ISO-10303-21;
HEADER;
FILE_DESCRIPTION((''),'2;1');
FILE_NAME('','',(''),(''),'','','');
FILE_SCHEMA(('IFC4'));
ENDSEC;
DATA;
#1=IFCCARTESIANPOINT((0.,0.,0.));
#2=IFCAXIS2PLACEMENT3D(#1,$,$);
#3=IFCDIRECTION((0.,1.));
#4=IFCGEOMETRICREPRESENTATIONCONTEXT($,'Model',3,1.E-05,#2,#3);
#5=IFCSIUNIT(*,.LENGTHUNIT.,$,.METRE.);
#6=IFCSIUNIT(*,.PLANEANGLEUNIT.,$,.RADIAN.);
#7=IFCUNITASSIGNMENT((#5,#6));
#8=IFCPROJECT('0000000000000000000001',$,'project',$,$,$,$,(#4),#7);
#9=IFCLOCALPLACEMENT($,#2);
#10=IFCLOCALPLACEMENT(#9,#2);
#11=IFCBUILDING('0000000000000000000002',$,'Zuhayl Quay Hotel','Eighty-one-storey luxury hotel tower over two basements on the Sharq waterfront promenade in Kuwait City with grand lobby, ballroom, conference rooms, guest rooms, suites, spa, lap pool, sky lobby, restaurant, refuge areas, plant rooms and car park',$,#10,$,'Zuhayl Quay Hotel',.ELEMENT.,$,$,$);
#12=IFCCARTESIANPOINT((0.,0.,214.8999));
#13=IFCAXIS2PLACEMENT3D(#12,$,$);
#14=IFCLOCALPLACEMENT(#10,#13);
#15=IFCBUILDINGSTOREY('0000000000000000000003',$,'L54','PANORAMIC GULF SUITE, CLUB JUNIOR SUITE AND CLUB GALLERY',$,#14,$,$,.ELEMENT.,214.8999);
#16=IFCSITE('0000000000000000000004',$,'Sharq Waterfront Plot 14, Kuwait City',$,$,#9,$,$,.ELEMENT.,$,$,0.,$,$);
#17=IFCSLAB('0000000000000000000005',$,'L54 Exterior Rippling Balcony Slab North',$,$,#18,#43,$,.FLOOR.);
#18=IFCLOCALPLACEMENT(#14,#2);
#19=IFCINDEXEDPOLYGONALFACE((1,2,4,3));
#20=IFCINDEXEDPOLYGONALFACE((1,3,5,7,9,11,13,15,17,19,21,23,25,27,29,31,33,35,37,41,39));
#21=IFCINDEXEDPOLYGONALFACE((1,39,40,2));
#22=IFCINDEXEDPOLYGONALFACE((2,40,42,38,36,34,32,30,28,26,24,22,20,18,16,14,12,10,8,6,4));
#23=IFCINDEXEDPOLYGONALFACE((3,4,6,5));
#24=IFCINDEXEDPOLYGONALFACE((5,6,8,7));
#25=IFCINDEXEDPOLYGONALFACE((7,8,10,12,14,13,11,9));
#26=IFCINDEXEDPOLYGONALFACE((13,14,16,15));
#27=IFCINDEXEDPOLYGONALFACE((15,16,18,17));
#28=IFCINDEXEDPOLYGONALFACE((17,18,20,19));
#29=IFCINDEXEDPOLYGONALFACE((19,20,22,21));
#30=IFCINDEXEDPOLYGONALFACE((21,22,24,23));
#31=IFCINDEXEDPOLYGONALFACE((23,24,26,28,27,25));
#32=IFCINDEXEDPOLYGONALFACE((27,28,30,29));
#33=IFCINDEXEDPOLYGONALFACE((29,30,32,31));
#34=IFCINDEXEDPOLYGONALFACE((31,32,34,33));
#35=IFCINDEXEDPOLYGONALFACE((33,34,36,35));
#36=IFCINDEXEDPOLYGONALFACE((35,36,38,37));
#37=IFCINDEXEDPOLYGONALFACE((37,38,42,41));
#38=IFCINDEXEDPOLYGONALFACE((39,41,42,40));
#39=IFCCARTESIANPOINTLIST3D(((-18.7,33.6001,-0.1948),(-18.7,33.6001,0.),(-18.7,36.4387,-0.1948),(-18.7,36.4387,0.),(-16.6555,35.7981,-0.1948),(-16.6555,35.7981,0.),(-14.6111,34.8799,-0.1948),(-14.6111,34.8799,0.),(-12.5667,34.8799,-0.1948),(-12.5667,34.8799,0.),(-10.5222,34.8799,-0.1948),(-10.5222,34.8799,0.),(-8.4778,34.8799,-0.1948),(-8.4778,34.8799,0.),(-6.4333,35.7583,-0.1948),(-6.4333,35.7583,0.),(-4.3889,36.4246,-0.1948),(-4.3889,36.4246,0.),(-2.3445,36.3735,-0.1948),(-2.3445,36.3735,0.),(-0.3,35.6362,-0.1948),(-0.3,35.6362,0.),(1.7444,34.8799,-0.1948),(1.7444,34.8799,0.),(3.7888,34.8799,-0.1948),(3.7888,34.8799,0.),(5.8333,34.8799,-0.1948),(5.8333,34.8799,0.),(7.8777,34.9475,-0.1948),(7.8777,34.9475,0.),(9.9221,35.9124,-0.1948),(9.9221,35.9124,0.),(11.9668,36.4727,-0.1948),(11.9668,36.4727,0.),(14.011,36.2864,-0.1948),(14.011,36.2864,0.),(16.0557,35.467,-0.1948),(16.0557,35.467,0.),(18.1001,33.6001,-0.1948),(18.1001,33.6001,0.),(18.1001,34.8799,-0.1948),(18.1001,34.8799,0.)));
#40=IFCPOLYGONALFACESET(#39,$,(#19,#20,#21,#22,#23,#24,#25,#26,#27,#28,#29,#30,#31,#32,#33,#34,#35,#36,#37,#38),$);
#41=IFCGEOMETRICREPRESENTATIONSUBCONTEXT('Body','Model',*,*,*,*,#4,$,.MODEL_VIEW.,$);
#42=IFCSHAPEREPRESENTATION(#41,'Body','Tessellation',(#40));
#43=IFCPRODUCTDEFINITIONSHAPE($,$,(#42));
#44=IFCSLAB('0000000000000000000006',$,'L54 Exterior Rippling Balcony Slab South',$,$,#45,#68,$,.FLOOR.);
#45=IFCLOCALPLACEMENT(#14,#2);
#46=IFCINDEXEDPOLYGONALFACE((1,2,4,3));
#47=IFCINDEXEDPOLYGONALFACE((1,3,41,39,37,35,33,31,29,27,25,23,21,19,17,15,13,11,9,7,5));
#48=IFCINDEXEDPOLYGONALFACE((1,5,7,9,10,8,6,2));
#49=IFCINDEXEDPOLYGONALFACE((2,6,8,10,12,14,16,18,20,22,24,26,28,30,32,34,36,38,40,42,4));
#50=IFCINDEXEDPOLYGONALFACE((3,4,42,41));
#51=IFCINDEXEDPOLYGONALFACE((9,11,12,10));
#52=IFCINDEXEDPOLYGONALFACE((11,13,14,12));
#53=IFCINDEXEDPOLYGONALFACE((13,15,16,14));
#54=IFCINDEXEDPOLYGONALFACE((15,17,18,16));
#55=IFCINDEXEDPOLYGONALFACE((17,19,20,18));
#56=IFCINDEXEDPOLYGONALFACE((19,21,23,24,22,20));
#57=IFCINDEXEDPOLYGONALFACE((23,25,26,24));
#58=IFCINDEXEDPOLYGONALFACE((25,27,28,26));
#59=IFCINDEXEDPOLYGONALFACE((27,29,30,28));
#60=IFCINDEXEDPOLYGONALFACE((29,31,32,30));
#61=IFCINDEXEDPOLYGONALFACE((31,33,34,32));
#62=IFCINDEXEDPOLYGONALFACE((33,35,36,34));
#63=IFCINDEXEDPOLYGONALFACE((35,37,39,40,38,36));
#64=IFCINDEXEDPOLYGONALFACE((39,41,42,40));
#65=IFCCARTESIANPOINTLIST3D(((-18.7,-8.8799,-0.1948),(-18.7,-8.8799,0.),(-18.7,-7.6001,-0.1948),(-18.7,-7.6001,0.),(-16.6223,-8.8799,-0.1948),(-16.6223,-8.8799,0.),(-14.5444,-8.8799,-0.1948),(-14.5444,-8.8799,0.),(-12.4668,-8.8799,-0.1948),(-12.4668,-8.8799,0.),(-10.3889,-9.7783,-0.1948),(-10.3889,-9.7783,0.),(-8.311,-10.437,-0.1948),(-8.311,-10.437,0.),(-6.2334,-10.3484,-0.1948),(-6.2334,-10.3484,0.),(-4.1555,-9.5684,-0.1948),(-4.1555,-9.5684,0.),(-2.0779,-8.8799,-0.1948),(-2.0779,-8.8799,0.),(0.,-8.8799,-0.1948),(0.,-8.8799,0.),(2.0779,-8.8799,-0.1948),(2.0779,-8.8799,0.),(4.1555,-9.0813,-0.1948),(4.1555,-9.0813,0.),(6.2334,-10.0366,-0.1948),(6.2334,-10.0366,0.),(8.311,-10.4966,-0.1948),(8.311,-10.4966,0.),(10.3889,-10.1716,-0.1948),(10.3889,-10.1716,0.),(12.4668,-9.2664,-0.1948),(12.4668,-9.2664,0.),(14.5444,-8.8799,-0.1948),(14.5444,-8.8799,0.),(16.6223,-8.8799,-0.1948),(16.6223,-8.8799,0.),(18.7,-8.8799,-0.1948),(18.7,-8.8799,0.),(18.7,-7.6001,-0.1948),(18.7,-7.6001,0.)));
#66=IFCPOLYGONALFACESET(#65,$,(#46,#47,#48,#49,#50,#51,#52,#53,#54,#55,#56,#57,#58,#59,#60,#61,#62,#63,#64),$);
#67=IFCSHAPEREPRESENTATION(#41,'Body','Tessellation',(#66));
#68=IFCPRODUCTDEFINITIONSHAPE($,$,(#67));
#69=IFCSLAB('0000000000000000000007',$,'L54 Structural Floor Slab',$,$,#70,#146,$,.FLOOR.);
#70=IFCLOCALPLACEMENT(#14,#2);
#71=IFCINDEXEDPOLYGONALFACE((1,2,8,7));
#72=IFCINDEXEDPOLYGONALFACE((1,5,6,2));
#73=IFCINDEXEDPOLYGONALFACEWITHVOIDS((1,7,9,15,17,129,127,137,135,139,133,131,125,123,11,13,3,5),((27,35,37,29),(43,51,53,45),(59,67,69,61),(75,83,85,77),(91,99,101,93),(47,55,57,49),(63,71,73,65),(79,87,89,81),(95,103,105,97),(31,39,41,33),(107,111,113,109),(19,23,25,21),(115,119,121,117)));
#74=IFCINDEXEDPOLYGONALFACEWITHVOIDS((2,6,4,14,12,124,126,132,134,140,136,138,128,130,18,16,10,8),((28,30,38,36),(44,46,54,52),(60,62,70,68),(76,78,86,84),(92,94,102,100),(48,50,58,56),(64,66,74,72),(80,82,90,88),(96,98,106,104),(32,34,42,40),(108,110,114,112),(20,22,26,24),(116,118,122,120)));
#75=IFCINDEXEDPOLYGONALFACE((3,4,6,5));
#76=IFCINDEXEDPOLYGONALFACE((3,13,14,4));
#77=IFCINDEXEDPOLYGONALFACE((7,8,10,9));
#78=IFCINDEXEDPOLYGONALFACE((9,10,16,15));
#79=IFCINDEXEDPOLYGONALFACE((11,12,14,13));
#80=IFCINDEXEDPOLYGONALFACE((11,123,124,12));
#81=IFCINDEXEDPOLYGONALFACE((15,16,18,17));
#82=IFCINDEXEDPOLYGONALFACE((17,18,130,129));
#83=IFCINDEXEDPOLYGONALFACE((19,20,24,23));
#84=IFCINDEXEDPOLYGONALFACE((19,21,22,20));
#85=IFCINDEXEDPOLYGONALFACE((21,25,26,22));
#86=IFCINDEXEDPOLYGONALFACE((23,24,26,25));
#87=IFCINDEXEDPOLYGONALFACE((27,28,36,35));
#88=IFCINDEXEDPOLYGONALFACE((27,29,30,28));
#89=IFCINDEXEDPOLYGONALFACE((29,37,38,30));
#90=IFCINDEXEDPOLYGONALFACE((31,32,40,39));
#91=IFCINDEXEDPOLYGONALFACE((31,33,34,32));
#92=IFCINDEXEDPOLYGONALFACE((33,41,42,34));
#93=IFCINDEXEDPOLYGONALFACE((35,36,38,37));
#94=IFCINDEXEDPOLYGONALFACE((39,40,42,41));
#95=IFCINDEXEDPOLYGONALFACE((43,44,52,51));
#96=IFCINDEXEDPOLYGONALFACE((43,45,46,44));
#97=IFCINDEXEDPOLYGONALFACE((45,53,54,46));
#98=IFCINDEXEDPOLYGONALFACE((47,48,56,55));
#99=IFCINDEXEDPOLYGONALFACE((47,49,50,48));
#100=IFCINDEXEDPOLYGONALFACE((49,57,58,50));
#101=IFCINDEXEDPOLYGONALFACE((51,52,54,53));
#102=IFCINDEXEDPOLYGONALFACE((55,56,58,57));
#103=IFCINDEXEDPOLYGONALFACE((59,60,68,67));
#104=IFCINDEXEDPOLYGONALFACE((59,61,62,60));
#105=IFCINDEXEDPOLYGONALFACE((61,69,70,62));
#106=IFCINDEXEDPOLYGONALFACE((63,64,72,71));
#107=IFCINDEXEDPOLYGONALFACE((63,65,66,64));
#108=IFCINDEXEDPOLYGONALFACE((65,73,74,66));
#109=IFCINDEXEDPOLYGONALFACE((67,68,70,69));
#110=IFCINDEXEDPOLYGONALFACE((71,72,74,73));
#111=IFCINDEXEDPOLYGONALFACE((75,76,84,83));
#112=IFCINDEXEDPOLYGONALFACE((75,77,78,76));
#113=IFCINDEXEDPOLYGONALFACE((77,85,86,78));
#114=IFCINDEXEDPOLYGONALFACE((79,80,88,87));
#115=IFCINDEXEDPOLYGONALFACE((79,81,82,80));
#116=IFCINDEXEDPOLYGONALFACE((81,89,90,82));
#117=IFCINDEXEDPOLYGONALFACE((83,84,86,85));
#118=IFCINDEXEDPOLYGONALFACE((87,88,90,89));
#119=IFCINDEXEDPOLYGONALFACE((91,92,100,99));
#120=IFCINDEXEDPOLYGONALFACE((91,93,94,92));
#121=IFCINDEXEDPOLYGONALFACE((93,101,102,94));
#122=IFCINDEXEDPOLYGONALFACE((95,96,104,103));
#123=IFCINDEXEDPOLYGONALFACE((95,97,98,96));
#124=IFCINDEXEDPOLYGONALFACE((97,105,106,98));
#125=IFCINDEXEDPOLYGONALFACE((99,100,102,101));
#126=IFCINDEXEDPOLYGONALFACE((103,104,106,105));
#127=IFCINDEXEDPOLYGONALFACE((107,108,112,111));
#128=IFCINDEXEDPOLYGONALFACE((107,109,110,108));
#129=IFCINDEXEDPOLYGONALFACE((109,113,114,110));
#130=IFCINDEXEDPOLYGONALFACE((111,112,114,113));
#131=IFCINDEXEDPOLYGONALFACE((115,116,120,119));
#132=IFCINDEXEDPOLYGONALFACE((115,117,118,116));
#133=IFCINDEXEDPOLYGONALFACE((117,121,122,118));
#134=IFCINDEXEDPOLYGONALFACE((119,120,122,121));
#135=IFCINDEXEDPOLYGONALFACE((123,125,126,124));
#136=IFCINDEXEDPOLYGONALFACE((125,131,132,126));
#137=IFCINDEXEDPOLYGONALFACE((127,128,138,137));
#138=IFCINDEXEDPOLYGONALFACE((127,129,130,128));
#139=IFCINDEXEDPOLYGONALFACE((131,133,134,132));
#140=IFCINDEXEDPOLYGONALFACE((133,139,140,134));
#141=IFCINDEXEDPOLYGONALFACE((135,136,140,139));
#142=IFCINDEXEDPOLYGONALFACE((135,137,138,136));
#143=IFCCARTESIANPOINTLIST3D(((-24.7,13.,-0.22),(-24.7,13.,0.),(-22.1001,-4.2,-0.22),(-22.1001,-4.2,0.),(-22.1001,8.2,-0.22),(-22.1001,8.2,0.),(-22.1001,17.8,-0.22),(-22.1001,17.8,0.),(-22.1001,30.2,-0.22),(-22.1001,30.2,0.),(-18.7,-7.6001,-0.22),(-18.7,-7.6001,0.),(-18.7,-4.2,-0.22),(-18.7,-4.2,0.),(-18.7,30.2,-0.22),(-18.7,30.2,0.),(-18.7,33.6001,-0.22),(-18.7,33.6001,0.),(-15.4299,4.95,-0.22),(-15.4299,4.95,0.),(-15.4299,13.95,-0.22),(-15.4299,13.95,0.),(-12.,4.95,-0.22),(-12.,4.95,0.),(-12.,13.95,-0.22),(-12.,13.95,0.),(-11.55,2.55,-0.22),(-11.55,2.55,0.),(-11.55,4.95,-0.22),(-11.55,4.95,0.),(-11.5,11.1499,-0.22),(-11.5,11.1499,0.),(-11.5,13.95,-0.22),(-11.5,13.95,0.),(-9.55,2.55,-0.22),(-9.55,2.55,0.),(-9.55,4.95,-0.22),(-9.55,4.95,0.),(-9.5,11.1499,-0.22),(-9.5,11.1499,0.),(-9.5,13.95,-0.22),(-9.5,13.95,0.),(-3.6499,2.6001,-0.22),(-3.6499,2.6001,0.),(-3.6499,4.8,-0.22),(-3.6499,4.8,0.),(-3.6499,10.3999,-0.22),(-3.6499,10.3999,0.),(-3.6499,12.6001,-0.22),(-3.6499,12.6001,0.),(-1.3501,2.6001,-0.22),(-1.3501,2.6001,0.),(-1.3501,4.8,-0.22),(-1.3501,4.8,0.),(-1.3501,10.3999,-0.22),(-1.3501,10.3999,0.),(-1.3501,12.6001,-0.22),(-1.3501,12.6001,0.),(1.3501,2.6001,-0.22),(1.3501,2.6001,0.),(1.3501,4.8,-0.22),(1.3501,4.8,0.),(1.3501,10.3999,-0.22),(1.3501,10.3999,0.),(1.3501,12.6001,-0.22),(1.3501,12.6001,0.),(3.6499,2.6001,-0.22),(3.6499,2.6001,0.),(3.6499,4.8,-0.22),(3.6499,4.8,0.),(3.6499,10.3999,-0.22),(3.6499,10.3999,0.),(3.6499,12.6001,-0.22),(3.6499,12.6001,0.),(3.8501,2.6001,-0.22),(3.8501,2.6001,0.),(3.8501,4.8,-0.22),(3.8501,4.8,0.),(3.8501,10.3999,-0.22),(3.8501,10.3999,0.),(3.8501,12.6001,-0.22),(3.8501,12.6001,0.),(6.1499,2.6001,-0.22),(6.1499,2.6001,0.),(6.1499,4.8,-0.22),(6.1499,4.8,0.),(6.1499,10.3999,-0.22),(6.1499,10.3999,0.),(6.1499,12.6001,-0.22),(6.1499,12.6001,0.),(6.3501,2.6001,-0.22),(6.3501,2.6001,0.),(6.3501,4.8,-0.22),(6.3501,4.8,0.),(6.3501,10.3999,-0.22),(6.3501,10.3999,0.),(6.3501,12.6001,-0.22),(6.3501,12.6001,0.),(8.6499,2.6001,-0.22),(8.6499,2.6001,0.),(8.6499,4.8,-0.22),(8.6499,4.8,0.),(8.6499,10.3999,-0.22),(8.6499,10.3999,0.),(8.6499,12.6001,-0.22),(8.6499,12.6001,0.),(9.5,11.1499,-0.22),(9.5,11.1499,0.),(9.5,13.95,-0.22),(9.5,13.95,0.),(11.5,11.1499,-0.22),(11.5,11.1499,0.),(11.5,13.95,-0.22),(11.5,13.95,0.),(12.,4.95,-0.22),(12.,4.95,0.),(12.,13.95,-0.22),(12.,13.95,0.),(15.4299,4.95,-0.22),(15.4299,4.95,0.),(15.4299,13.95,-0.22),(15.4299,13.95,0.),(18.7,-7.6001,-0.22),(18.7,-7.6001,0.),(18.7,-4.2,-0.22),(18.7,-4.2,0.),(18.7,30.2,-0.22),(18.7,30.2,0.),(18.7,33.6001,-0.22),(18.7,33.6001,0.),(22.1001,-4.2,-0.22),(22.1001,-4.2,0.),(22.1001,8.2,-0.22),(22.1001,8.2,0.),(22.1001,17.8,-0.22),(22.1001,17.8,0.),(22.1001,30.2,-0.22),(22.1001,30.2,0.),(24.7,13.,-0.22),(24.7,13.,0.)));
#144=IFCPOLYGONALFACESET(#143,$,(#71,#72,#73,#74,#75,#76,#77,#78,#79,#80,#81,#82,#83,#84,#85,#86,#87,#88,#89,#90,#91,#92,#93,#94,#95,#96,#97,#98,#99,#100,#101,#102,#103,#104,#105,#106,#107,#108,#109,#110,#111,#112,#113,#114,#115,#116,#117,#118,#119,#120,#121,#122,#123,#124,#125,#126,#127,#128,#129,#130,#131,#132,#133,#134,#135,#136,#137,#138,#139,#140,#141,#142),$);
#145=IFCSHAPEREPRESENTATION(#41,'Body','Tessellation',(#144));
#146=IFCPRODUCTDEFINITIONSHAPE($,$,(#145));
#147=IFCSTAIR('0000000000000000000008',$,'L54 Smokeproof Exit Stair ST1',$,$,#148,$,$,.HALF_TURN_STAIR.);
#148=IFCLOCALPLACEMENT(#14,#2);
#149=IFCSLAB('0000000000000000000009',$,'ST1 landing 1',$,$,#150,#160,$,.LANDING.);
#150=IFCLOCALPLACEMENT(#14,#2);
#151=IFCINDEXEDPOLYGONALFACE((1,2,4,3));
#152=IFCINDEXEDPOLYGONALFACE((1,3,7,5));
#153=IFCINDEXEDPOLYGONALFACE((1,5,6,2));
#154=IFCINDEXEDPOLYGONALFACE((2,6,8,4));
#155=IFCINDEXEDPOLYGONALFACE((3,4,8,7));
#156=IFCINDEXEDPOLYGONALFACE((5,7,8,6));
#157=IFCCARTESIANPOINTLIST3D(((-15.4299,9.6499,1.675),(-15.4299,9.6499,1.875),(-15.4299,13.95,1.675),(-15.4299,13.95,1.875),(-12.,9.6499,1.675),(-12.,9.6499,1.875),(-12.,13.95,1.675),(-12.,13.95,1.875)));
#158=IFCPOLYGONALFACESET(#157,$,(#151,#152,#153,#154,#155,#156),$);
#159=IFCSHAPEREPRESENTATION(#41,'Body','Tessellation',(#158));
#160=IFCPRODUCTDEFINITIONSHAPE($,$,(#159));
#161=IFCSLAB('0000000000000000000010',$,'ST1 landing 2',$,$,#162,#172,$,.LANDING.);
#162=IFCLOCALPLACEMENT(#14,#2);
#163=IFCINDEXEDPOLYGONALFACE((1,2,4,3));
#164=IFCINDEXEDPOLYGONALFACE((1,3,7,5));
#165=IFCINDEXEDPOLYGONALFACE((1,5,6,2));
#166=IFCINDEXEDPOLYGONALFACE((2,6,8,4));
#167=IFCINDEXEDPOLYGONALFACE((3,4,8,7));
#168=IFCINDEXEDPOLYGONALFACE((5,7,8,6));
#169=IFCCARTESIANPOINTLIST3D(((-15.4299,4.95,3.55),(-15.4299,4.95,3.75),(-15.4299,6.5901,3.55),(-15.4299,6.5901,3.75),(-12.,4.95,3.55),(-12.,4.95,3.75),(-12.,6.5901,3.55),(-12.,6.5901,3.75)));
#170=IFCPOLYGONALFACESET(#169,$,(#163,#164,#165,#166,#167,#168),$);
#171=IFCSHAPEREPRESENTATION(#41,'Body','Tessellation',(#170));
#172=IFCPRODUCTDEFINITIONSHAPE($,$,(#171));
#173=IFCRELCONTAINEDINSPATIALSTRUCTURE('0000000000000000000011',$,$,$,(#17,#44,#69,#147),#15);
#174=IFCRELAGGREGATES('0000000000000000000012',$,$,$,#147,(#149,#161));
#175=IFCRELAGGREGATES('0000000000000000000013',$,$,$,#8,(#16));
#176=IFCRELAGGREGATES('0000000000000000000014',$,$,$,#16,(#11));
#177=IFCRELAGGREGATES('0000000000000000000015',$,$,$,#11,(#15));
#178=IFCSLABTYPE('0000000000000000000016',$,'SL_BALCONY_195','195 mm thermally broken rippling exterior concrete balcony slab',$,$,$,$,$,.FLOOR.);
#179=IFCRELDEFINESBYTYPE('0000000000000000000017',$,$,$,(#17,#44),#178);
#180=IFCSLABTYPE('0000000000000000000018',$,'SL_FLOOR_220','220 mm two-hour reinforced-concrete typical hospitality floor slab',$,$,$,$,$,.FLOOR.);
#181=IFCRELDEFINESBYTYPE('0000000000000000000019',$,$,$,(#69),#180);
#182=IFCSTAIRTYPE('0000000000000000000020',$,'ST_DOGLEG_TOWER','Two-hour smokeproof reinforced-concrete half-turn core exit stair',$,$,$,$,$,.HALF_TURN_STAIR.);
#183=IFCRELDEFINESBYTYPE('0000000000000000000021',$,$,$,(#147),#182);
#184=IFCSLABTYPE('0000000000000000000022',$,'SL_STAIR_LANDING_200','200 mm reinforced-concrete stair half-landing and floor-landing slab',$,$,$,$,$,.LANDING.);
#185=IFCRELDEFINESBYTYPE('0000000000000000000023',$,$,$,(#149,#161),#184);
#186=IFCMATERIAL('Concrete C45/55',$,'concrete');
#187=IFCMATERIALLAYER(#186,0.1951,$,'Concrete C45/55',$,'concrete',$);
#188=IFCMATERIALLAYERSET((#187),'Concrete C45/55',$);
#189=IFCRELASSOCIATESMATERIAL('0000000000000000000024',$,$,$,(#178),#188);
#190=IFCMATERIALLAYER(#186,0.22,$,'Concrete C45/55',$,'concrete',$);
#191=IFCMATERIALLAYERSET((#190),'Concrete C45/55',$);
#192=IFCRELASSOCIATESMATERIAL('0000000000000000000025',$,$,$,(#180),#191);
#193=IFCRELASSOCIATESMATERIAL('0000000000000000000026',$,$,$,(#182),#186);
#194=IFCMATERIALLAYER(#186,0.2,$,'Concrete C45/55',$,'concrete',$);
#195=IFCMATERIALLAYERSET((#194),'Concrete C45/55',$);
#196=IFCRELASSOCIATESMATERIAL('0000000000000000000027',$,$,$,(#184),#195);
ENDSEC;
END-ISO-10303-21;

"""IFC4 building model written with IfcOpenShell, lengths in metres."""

from ifc_helpers import new_model, si_unit, direction, frame, origin, place, context, subcontext, project, spatial, polyline, outline, extrude, material, layer, layer_set, type_object, element, aggregate, save


model = new_model("IFC4")

# Units and contexts
model_context = context("Model", 3, precision=1e-05, world=origin(), true_north=direction((0.0, 1.0)))
body_context = subcontext(model_context, "Body", "Model", "MODEL_VIEW")
ifc_project = project(units=[si_unit("LENGTHUNIT", "METRE"), si_unit("PLANEANGLEUNIT", "RADIAN")], contexts=[model_context])

# Site, building, storey
site_placement = place(None, origin())
site = spatial("IfcSite", under=ifc_project, at=site_placement, Name="Sharq Waterfront Plot 14, Kuwait City", CompositionType="ELEMENT", RefElevation=0.0)
building_placement = place(site_placement, origin())
building = spatial("IfcBuilding", under=site, at=building_placement, Name="Zuhayl Quay Hotel", Description="Eighty-one-storey luxury hotel tower over two basements on the Sharq waterfront promenade in Kuwait City with grand lobby, ballroom, conference rooms, guest rooms, suites, spa, lap pool, sky lobby, restaurant, refuge areas, plant rooms and car park", LongName="Zuhayl Quay Hotel", CompositionType="ELEMENT")
storey_placement = place(building_placement, frame((0.0, 0.0, 214.8999)))
storey = spatial("IfcBuildingStorey", under=building, at=storey_placement, Name="L54", Description="PANORAMIC GULF SUITE, CLUB JUNIOR SUITE AND CLUB GALLERY", CompositionType="ELEMENT", Elevation=214.8999)

# Slabs
ifc_material_1 = material(Name="Concrete C45/55", Category="concrete")
ifc_layer_1 = layer(ifc_material_1, 0.1951, Name="Concrete C45/55", Category="concrete")
ifc_layer_set_1 = layer_set([ifc_layer_1], Name="Concrete C45/55")
slab_type_1 = type_object("IfcSlabType", Name="SL_BALCONY_195", Description="195 mm thermally broken rippling exterior concrete balcony slab", PredefinedType="FLOOR", material=ifc_layer_set_1)
slab_1_placement = place(storey_placement, frame((0.0, 0.0, -0.1948)))
element("IfcSlab", 1, at=slab_1_placement, inside=storey, type_object=slab_type_1, Name="L54 Exterior Rippling Balcony Slab North", PredefinedType="FLOOR", context=body_context, shape_type="SweptSolid", body=[
    extrude(outline(polyline([(-18.7, 33.6001), (18.1001, 33.6001), (18.1001, 34.8799), (16.0557, 35.467), (14.011, 36.2864), (11.9668, 36.4727), (9.9221, 35.9124), (7.8777, 34.9475), (5.8333, 34.8799), (3.7888, 34.8799), (1.7444, 34.8799), (-0.3, 35.6362), (-2.3445, 36.3735), (-4.3889, 36.4246), (-6.4333, 35.7583), (-8.4778, 34.8799), (-10.5222, 34.8799), (-12.5667, 34.8799), (-14.6111, 34.8799), (-16.6555, 35.7981), (-18.7, 36.4387), (-18.7, 33.6001)])), origin(), (0.0, 0.0, 1.0), 0.1948),
])
slab_2_placement = place(storey_placement, frame((0.0, 0.0, -0.1948)))
element("IfcSlab", 2, at=slab_2_placement, inside=storey, type_object=slab_type_1, Name="L54 Exterior Rippling Balcony Slab South", PredefinedType="FLOOR", context=body_context, shape_type="SweptSolid", body=[
    extrude(outline(polyline([(-18.7, -8.8799), (-16.6223, -8.8799), (-14.5444, -8.8799), (-12.4668, -8.8799), (-10.3889, -9.7783), (-8.311, -10.437), (-6.2334, -10.3484), (-4.1555, -9.5684), (-2.0779, -8.8799), (0.0, -8.8799), (2.0779, -8.8799), (4.1555, -9.0813), (6.2334, -10.0366), (8.311, -10.4966), (10.3889, -10.1716), (12.4668, -9.2664), (14.5444, -8.8799), (16.6223, -8.8799), (18.7, -8.8799), (18.7, -7.6001), (-18.7, -7.6001), (-18.7, -8.8799)])), origin(), (0.0, 0.0, 1.0), 0.1948),
])
ifc_layer_2 = layer(ifc_material_1, 0.22, Name="Concrete C45/55", Category="concrete")
ifc_layer_set_2 = layer_set([ifc_layer_2], Name="Concrete C45/55")
slab_type_2 = type_object("IfcSlabType", Name="SL_FLOOR_220", Description="220 mm two-hour reinforced-concrete typical hospitality floor slab", PredefinedType="FLOOR", material=ifc_layer_set_2)
slab_3_placement = place(storey_placement, frame((0.0, 0.0, -0.22)))
element("IfcSlab", 3, at=slab_3_placement, inside=storey, type_object=slab_type_2, Name="L54 Structural Floor Slab", PredefinedType="FLOOR", context=body_context, shape_type="SweptSolid", body=[
    extrude(outline(polyline([(-18.7, -7.6001), (18.7, -7.6001), (18.7, -4.2), (22.1001, -4.2), (22.1001, 8.2), (24.7, 13.0), (22.1001, 17.8), (22.1001, 30.2), (18.7, 30.2), (18.7, 33.6001), (-18.7, 33.6001), (-18.7, 30.2), (-22.1001, 30.2), (-22.1001, 17.8), (-24.7, 13.0), (-22.1001, 8.2), (-22.1001, -4.2), (-18.7, -4.2), (-18.7, -7.6001)]), holes=[polyline([(-12.0, 4.95), (-12.0, 13.95), (-15.4299, 13.95), (-15.4299, 4.95), (-12.0, 4.95)]), polyline([(15.4299, 4.95), (15.4299, 13.95), (12.0, 13.95), (12.0, 4.95), (15.4299, 4.95)]), polyline([(-11.5, 11.1499), (-9.5, 11.1499), (-9.5, 13.95), (-11.5, 13.95), (-11.5, 11.1499)]), polyline([(9.5, 11.1499), (11.5, 11.1499), (11.5, 13.95), (9.5, 13.95), (9.5, 11.1499)]), polyline([(-3.6499, 2.6001), (-1.3501, 2.6001), (-1.3501, 4.8), (-3.6499, 4.8), (-3.6499, 2.6001)]), polyline([(1.3501, 2.6001), (3.6499, 2.6001), (3.6499, 4.8), (1.3501, 4.8), (1.3501, 2.6001)]), polyline([(-3.6499, 10.3999), (-1.3501, 10.3999), (-1.3501, 12.6001), (-3.6499, 12.6001), (-3.6499, 10.3999)]), polyline([(1.3501, 10.3999), (3.6499, 10.3999), (3.6499, 12.6001), (1.3501, 12.6001), (1.3501, 10.3999)]), polyline([(3.8501, 2.6001), (6.1499, 2.6001), (6.1499, 4.8), (3.8501, 4.8), (3.8501, 2.6001)]), polyline([(6.3501, 2.6001), (8.6499, 2.6001), (8.6499, 4.8), (6.3501, 4.8), (6.3501, 2.6001)]), polyline([(3.8501, 10.3999), (6.1499, 10.3999), (6.1499, 12.6001), (3.8501, 12.6001), (3.8501, 10.3999)]), polyline([(6.3501, 10.3999), (8.6499, 10.3999), (8.6499, 12.6001), (6.3501, 12.6001), (6.3501, 10.3999)]), polyline([(-11.55, 2.55), (-9.55, 2.55), (-9.55, 4.95), (-11.55, 4.95), (-11.55, 2.55)])]), origin(), (0.0, 0.0, 1.0), 0.22),
])

# Stair, slabs
stair_type = type_object("IfcStairType", Name="ST_DOGLEG_TOWER", Description="Two-hour smokeproof reinforced-concrete half-turn core exit stair", PredefinedType="HALF_TURN_STAIR", material=ifc_material_1)
stair_placement = place(storey_placement, origin())
stair = element("IfcStair", 4, at=stair_placement, inside=storey, type_object=stair_type, Name="L54 Smokeproof Exit Stair ST1", PredefinedType="HALF_TURN_STAIR")
ifc_layer_3 = layer(ifc_material_1, 0.2, Name="Concrete C45/55", Category="concrete")
ifc_layer_set_3 = layer_set([ifc_layer_3], Name="Concrete C45/55")
slab_type_3 = type_object("IfcSlabType", Name="SL_STAIR_LANDING_200", Description="200 mm reinforced-concrete stair half-landing and floor-landing slab", PredefinedType="LANDING", material=ifc_layer_set_3)
slab_4_placement = place(storey_placement, frame((0.0, 0.0, 1.675)))
slab_4 = element("IfcSlab", 5, at=slab_4_placement, type_object=slab_type_3, Name="ST1 landing 1", PredefinedType="LANDING", context=body_context, shape_type="SweptSolid", body=[
    extrude(outline(polyline([(-12.0, 9.6499), (-12.0, 13.95), (-15.4299, 13.95), (-15.4299, 9.6499), (-12.0, 9.6499)])), origin(), (0.0, 0.0, 1.0), 0.2),
])
slab_5_placement = place(storey_placement, frame((0.0, 0.0, 3.55)))
slab_5 = element("IfcSlab", 6, at=slab_5_placement, type_object=slab_type_3, Name="ST1 landing 2", PredefinedType="LANDING", context=body_context, shape_type="SweptSolid", body=[
    extrude(outline(polyline([(-12.0, 4.95), (-12.0, 6.5901), (-15.4299, 6.5901), (-15.4299, 4.95), (-12.0, 4.95)])), origin(), (0.0, 0.0, 1.0), 0.2),
])
aggregate(stair, [slab_4, slab_5])

save(model, "model.ifc")
